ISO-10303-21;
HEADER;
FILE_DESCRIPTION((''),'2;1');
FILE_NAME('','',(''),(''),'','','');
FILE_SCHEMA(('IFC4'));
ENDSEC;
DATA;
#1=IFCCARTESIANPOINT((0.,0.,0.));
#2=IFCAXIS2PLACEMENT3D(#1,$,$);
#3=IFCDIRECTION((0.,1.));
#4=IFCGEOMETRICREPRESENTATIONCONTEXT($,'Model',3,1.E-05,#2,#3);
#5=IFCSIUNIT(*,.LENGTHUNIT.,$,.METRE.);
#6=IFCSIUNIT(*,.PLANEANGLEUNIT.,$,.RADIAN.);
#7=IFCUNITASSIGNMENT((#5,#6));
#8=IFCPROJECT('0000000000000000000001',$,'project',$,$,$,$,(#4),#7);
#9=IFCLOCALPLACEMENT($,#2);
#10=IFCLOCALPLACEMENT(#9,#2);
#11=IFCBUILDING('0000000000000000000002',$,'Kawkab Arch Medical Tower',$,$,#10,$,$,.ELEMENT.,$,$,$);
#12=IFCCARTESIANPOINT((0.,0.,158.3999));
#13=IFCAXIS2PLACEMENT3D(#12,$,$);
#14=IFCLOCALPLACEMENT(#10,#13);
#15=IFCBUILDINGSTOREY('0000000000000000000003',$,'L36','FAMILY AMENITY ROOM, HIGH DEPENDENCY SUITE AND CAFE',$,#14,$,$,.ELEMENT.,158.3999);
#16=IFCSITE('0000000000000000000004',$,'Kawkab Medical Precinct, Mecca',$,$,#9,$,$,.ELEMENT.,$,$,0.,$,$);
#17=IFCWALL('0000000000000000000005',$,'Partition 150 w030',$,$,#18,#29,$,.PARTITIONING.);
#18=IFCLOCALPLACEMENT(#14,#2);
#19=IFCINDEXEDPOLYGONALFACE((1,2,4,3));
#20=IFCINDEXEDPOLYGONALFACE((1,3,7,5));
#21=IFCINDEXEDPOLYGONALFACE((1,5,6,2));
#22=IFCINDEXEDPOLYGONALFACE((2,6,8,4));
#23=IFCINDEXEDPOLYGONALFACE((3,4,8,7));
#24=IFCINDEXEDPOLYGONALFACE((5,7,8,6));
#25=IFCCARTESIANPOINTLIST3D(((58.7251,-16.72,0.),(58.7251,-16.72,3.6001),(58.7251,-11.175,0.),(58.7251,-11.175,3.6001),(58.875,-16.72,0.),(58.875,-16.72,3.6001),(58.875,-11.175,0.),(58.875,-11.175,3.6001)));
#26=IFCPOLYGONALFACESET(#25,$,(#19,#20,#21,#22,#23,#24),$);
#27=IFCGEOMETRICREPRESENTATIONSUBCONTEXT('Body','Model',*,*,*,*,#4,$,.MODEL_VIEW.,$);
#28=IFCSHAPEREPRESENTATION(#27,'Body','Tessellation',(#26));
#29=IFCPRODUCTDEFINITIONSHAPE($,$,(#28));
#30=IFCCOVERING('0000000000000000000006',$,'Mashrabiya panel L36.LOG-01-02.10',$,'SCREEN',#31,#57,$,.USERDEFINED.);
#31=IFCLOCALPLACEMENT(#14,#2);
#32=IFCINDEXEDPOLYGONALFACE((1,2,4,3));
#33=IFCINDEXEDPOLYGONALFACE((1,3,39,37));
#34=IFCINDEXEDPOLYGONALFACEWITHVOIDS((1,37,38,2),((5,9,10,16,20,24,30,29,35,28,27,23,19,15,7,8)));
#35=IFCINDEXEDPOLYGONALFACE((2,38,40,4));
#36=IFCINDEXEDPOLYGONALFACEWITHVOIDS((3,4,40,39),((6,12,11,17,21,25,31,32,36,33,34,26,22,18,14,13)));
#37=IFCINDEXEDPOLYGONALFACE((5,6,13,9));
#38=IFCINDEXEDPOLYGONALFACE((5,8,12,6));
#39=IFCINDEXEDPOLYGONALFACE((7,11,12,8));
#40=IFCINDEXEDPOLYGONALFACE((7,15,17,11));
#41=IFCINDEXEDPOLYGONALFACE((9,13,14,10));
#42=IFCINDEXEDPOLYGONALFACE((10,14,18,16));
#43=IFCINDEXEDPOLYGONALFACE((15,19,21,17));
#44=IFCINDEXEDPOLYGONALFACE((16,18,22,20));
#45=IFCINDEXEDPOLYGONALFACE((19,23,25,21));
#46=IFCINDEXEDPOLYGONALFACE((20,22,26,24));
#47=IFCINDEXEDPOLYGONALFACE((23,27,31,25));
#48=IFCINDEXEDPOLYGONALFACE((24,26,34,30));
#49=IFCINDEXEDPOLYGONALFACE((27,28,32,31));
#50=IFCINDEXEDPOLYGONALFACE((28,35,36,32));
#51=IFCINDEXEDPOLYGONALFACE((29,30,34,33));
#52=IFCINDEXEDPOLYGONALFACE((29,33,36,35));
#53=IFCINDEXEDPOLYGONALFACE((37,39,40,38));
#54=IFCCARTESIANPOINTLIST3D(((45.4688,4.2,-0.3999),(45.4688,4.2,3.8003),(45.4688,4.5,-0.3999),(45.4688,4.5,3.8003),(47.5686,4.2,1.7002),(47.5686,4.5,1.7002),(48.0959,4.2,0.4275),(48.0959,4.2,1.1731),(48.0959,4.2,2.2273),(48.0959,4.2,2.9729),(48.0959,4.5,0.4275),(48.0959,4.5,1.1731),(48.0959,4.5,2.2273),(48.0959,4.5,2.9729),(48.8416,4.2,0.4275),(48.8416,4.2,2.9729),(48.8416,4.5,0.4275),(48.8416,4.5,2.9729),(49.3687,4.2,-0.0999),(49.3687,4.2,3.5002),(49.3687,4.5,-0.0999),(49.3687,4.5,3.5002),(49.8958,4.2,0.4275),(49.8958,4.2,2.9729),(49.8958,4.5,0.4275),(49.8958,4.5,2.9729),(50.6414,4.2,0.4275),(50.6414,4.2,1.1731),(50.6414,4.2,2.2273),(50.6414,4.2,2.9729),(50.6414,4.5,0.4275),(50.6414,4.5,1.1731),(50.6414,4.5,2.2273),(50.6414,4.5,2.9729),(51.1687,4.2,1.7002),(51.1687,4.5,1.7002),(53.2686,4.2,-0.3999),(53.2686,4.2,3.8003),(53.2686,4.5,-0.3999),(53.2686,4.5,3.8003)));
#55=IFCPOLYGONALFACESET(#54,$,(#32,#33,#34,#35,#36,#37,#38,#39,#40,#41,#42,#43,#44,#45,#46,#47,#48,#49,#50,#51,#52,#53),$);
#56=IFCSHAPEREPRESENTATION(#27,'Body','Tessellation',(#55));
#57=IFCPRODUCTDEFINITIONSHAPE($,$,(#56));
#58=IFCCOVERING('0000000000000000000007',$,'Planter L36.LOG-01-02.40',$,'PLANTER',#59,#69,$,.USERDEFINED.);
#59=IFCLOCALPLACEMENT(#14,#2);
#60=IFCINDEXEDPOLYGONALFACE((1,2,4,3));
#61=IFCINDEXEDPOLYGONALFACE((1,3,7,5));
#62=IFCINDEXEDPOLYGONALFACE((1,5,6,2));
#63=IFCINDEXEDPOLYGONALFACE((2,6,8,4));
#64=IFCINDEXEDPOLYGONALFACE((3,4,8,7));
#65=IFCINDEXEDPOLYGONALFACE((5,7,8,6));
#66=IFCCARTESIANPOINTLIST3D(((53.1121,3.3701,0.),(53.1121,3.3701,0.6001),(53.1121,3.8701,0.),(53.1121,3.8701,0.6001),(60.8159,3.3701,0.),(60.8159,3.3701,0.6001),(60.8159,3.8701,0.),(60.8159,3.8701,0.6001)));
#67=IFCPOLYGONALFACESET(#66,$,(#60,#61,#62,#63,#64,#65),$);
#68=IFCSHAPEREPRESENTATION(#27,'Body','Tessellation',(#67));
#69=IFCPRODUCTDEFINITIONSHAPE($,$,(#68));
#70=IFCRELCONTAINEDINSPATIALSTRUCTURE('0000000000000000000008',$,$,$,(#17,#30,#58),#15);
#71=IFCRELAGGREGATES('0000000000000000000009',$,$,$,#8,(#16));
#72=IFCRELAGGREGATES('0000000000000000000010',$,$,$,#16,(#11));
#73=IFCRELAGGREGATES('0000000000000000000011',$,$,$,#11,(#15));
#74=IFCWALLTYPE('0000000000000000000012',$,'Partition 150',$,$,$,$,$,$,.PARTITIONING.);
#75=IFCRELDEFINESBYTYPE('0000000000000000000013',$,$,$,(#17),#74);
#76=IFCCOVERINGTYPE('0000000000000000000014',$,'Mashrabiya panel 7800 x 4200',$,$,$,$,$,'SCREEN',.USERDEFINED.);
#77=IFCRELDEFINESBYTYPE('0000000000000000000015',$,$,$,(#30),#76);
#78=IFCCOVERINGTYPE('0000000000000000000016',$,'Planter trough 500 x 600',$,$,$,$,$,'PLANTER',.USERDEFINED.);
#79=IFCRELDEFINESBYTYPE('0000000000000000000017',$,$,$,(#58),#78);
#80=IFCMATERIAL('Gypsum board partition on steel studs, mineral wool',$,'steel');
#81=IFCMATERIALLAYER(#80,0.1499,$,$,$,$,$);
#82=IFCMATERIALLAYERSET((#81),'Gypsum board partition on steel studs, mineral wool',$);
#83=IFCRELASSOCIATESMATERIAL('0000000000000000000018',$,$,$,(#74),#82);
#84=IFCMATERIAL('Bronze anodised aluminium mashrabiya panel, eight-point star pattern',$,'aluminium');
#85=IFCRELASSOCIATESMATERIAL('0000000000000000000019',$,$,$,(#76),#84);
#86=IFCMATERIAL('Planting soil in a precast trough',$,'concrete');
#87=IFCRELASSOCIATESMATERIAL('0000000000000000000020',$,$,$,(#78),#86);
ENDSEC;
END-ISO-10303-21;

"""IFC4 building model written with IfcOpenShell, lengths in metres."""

from ifc_helpers import new_model, si_unit, direction, frame, frame_2d, origin, origin_2d, place, context, subcontext, project, spatial, polyline, rectangle, outline, extrude, material, layer, layer_set, material_profile, profile_set, type_object, element, save


model = new_model("IFC4")

# Units and contexts
model_context = context("Model", 3, precision=1e-05, world=origin(), true_north=direction((0.0, 1.0)))
body_context = subcontext(model_context, "Body", "Model", "MODEL_VIEW")
ifc_project = project(units=[si_unit("LENGTHUNIT", "METRE"), si_unit("PLANEANGLEUNIT", "RADIAN")], contexts=[model_context])

# Site, building, storey
site_placement = place(None, origin())
site = spatial("IfcSite", under=ifc_project, at=site_placement, Name="Kawkab Medical Precinct, Mecca", CompositionType="ELEMENT", RefElevation=0.0)
building_placement = place(site_placement, origin())
building = spatial("IfcBuilding", under=site, at=building_placement, Name="Kawkab Arch Medical Tower", CompositionType="ELEMENT")
storey_placement = place(building_placement, frame((0.0, 0.0, 158.3999)))
storey = spatial("IfcBuildingStorey", under=building, at=storey_placement, Name="L36", Description="FAMILY AMENITY ROOM, HIGH DEPENDENCY SUITE AND CAFE", CompositionType="ELEMENT", Elevation=158.3999)

# Shared definitions
ifc_material_1 = material(Name="Gypsum board partition on steel studs, mineral wool", Category="steel")
ifc_layer_1 = layer(ifc_material_1, 0.1499)
ifc_layer_set_1 = layer_set([ifc_layer_1], Name="Gypsum board partition on steel studs, mineral wool")
wall_type_1 = type_object("IfcWallType", Name="Partition 150", PredefinedType="PARTITIONING", material=ifc_layer_set_1)

# Wall
for number, where, z_axis, x_axis, name in (
    (1, (58.8, -16.72, 0.0), (0.0, 0.0, 1.0), (0.0, 1.0, 0.0), "Partition 150 w030"),
):
    element("IfcWall", number, at=place(storey_placement, frame(where, z_axis=z_axis, x_axis=x_axis)), inside=storey, type_object=wall_type_1, Name=name, PredefinedType="PARTITIONING", context=body_context, shape_type="SweptSolid", body=[
        extrude(rectangle(XDim=5.5449, YDim=0.1499, at=frame_2d((2.7725, 0.0))), origin(), (0.0, 0.0, 1.0), 3.6001),
    ])

# Coverings
ifc_material_2 = material(Name="Bronze anodised aluminium mashrabiya panel, eight-point star pattern", Category="aluminium")
ifc_material_profile_1 = material_profile(ifc_material_2, outline(polyline([(-3.8999, -2.1001), (3.8999, -2.1001), (3.8999, 2.1001), (-3.8999, 2.1001), (-3.8999, -2.1001)]), holes=[polyline([(1.8, 0.0), (1.2727, 0.5271), (1.2727, 1.2727), (0.5271, 1.2727), (0.0, 1.8), (-0.5271, 1.2727), (-1.2727, 1.2727), (-1.2727, 0.5271), (-1.8, 0.0), (-1.2727, -0.5271), (-1.2727, -1.2727), (-0.5271, -1.2727), (0.0, -1.8), (0.5271, -1.2727), (1.2727, -1.2727), (1.2727, -0.5271), (1.8, 0.0)])]), Name="Mashrabiya panel 7800x4200")
ifc_profile_set_1 = profile_set([ifc_material_profile_1], Name="Bronze anodised aluminium mashrabiya panel, eight-point star pattern")
covering_type_1 = type_object("IfcCoveringType", Name="Mashrabiya panel 7800 x 4200", ElementType="SCREEN", PredefinedType="USERDEFINED", material=ifc_profile_set_1)
covering_1_placement = place(storey_placement, frame((49.3687, 4.2, 1.7002), z_axis=(0.0, 1.0, 0.0), x_axis=(-1.0, 0.0, 0.0)))
element("IfcCovering", 2, at=covering_1_placement, inside=storey, type_object=covering_type_1, Name="Mashrabiya panel L36.LOG-01-02.10", ObjectType="SCREEN", PredefinedType="USERDEFINED", context=body_context, shape_type="SweptSolid", body=[
    extrude(outline(polyline([(-3.8999, -2.1001), (3.8999, -2.1001), (3.8999, 2.1001), (-3.8999, 2.1001), (-3.8999, -2.1001)]), holes=[polyline([(1.8, 0.0), (1.2727, 0.5271), (1.2727, 1.2727), (0.5271, 1.2727), (0.0, 1.8), (-0.5271, 1.2727), (-1.2727, 1.2727), (-1.2727, 0.5271), (-1.8, 0.0), (-1.2727, -0.5271), (-1.2727, -1.2727), (-0.5271, -1.2727), (0.0, -1.8), (0.5271, -1.2727), (1.2727, -1.2727), (1.2727, -0.5271), (1.8, 0.0)])]), origin(), (0.0, 0.0, 1.0), 0.3),
])
ifc_material_3 = material(Name="Planting soil in a precast trough", Category="concrete")
ifc_material_profile_2 = material_profile(ifc_material_3, rectangle(XDim=0.5, YDim=0.6001, at=origin_2d()), Name="Trough 500x600")
ifc_profile_set_2 = profile_set([ifc_material_profile_2], Name="Planting soil in a precast trough")
covering_type_2 = type_object("IfcCoveringType", Name="Planter trough 500 x 600", ElementType="PLANTER", PredefinedType="USERDEFINED", material=ifc_profile_set_2)
covering_2_placement = place(storey_placement, frame((53.1121, 3.6201, 0.3), z_axis=(1.0, 0.0, 0.0), x_axis=(0.0, 1.0, 0.0)))
element("IfcCovering", 3, at=covering_2_placement, inside=storey, type_object=covering_type_2, Name="Planter L36.LOG-01-02.40", ObjectType="PLANTER", PredefinedType="USERDEFINED", context=body_context, shape_type="SweptSolid", body=[
    extrude(rectangle(XDim=0.5, YDim=0.6001, at=origin_2d()), origin(), (0.0, 0.0, 1.0), 7.7039),
])

save(model, "model.ifc")
